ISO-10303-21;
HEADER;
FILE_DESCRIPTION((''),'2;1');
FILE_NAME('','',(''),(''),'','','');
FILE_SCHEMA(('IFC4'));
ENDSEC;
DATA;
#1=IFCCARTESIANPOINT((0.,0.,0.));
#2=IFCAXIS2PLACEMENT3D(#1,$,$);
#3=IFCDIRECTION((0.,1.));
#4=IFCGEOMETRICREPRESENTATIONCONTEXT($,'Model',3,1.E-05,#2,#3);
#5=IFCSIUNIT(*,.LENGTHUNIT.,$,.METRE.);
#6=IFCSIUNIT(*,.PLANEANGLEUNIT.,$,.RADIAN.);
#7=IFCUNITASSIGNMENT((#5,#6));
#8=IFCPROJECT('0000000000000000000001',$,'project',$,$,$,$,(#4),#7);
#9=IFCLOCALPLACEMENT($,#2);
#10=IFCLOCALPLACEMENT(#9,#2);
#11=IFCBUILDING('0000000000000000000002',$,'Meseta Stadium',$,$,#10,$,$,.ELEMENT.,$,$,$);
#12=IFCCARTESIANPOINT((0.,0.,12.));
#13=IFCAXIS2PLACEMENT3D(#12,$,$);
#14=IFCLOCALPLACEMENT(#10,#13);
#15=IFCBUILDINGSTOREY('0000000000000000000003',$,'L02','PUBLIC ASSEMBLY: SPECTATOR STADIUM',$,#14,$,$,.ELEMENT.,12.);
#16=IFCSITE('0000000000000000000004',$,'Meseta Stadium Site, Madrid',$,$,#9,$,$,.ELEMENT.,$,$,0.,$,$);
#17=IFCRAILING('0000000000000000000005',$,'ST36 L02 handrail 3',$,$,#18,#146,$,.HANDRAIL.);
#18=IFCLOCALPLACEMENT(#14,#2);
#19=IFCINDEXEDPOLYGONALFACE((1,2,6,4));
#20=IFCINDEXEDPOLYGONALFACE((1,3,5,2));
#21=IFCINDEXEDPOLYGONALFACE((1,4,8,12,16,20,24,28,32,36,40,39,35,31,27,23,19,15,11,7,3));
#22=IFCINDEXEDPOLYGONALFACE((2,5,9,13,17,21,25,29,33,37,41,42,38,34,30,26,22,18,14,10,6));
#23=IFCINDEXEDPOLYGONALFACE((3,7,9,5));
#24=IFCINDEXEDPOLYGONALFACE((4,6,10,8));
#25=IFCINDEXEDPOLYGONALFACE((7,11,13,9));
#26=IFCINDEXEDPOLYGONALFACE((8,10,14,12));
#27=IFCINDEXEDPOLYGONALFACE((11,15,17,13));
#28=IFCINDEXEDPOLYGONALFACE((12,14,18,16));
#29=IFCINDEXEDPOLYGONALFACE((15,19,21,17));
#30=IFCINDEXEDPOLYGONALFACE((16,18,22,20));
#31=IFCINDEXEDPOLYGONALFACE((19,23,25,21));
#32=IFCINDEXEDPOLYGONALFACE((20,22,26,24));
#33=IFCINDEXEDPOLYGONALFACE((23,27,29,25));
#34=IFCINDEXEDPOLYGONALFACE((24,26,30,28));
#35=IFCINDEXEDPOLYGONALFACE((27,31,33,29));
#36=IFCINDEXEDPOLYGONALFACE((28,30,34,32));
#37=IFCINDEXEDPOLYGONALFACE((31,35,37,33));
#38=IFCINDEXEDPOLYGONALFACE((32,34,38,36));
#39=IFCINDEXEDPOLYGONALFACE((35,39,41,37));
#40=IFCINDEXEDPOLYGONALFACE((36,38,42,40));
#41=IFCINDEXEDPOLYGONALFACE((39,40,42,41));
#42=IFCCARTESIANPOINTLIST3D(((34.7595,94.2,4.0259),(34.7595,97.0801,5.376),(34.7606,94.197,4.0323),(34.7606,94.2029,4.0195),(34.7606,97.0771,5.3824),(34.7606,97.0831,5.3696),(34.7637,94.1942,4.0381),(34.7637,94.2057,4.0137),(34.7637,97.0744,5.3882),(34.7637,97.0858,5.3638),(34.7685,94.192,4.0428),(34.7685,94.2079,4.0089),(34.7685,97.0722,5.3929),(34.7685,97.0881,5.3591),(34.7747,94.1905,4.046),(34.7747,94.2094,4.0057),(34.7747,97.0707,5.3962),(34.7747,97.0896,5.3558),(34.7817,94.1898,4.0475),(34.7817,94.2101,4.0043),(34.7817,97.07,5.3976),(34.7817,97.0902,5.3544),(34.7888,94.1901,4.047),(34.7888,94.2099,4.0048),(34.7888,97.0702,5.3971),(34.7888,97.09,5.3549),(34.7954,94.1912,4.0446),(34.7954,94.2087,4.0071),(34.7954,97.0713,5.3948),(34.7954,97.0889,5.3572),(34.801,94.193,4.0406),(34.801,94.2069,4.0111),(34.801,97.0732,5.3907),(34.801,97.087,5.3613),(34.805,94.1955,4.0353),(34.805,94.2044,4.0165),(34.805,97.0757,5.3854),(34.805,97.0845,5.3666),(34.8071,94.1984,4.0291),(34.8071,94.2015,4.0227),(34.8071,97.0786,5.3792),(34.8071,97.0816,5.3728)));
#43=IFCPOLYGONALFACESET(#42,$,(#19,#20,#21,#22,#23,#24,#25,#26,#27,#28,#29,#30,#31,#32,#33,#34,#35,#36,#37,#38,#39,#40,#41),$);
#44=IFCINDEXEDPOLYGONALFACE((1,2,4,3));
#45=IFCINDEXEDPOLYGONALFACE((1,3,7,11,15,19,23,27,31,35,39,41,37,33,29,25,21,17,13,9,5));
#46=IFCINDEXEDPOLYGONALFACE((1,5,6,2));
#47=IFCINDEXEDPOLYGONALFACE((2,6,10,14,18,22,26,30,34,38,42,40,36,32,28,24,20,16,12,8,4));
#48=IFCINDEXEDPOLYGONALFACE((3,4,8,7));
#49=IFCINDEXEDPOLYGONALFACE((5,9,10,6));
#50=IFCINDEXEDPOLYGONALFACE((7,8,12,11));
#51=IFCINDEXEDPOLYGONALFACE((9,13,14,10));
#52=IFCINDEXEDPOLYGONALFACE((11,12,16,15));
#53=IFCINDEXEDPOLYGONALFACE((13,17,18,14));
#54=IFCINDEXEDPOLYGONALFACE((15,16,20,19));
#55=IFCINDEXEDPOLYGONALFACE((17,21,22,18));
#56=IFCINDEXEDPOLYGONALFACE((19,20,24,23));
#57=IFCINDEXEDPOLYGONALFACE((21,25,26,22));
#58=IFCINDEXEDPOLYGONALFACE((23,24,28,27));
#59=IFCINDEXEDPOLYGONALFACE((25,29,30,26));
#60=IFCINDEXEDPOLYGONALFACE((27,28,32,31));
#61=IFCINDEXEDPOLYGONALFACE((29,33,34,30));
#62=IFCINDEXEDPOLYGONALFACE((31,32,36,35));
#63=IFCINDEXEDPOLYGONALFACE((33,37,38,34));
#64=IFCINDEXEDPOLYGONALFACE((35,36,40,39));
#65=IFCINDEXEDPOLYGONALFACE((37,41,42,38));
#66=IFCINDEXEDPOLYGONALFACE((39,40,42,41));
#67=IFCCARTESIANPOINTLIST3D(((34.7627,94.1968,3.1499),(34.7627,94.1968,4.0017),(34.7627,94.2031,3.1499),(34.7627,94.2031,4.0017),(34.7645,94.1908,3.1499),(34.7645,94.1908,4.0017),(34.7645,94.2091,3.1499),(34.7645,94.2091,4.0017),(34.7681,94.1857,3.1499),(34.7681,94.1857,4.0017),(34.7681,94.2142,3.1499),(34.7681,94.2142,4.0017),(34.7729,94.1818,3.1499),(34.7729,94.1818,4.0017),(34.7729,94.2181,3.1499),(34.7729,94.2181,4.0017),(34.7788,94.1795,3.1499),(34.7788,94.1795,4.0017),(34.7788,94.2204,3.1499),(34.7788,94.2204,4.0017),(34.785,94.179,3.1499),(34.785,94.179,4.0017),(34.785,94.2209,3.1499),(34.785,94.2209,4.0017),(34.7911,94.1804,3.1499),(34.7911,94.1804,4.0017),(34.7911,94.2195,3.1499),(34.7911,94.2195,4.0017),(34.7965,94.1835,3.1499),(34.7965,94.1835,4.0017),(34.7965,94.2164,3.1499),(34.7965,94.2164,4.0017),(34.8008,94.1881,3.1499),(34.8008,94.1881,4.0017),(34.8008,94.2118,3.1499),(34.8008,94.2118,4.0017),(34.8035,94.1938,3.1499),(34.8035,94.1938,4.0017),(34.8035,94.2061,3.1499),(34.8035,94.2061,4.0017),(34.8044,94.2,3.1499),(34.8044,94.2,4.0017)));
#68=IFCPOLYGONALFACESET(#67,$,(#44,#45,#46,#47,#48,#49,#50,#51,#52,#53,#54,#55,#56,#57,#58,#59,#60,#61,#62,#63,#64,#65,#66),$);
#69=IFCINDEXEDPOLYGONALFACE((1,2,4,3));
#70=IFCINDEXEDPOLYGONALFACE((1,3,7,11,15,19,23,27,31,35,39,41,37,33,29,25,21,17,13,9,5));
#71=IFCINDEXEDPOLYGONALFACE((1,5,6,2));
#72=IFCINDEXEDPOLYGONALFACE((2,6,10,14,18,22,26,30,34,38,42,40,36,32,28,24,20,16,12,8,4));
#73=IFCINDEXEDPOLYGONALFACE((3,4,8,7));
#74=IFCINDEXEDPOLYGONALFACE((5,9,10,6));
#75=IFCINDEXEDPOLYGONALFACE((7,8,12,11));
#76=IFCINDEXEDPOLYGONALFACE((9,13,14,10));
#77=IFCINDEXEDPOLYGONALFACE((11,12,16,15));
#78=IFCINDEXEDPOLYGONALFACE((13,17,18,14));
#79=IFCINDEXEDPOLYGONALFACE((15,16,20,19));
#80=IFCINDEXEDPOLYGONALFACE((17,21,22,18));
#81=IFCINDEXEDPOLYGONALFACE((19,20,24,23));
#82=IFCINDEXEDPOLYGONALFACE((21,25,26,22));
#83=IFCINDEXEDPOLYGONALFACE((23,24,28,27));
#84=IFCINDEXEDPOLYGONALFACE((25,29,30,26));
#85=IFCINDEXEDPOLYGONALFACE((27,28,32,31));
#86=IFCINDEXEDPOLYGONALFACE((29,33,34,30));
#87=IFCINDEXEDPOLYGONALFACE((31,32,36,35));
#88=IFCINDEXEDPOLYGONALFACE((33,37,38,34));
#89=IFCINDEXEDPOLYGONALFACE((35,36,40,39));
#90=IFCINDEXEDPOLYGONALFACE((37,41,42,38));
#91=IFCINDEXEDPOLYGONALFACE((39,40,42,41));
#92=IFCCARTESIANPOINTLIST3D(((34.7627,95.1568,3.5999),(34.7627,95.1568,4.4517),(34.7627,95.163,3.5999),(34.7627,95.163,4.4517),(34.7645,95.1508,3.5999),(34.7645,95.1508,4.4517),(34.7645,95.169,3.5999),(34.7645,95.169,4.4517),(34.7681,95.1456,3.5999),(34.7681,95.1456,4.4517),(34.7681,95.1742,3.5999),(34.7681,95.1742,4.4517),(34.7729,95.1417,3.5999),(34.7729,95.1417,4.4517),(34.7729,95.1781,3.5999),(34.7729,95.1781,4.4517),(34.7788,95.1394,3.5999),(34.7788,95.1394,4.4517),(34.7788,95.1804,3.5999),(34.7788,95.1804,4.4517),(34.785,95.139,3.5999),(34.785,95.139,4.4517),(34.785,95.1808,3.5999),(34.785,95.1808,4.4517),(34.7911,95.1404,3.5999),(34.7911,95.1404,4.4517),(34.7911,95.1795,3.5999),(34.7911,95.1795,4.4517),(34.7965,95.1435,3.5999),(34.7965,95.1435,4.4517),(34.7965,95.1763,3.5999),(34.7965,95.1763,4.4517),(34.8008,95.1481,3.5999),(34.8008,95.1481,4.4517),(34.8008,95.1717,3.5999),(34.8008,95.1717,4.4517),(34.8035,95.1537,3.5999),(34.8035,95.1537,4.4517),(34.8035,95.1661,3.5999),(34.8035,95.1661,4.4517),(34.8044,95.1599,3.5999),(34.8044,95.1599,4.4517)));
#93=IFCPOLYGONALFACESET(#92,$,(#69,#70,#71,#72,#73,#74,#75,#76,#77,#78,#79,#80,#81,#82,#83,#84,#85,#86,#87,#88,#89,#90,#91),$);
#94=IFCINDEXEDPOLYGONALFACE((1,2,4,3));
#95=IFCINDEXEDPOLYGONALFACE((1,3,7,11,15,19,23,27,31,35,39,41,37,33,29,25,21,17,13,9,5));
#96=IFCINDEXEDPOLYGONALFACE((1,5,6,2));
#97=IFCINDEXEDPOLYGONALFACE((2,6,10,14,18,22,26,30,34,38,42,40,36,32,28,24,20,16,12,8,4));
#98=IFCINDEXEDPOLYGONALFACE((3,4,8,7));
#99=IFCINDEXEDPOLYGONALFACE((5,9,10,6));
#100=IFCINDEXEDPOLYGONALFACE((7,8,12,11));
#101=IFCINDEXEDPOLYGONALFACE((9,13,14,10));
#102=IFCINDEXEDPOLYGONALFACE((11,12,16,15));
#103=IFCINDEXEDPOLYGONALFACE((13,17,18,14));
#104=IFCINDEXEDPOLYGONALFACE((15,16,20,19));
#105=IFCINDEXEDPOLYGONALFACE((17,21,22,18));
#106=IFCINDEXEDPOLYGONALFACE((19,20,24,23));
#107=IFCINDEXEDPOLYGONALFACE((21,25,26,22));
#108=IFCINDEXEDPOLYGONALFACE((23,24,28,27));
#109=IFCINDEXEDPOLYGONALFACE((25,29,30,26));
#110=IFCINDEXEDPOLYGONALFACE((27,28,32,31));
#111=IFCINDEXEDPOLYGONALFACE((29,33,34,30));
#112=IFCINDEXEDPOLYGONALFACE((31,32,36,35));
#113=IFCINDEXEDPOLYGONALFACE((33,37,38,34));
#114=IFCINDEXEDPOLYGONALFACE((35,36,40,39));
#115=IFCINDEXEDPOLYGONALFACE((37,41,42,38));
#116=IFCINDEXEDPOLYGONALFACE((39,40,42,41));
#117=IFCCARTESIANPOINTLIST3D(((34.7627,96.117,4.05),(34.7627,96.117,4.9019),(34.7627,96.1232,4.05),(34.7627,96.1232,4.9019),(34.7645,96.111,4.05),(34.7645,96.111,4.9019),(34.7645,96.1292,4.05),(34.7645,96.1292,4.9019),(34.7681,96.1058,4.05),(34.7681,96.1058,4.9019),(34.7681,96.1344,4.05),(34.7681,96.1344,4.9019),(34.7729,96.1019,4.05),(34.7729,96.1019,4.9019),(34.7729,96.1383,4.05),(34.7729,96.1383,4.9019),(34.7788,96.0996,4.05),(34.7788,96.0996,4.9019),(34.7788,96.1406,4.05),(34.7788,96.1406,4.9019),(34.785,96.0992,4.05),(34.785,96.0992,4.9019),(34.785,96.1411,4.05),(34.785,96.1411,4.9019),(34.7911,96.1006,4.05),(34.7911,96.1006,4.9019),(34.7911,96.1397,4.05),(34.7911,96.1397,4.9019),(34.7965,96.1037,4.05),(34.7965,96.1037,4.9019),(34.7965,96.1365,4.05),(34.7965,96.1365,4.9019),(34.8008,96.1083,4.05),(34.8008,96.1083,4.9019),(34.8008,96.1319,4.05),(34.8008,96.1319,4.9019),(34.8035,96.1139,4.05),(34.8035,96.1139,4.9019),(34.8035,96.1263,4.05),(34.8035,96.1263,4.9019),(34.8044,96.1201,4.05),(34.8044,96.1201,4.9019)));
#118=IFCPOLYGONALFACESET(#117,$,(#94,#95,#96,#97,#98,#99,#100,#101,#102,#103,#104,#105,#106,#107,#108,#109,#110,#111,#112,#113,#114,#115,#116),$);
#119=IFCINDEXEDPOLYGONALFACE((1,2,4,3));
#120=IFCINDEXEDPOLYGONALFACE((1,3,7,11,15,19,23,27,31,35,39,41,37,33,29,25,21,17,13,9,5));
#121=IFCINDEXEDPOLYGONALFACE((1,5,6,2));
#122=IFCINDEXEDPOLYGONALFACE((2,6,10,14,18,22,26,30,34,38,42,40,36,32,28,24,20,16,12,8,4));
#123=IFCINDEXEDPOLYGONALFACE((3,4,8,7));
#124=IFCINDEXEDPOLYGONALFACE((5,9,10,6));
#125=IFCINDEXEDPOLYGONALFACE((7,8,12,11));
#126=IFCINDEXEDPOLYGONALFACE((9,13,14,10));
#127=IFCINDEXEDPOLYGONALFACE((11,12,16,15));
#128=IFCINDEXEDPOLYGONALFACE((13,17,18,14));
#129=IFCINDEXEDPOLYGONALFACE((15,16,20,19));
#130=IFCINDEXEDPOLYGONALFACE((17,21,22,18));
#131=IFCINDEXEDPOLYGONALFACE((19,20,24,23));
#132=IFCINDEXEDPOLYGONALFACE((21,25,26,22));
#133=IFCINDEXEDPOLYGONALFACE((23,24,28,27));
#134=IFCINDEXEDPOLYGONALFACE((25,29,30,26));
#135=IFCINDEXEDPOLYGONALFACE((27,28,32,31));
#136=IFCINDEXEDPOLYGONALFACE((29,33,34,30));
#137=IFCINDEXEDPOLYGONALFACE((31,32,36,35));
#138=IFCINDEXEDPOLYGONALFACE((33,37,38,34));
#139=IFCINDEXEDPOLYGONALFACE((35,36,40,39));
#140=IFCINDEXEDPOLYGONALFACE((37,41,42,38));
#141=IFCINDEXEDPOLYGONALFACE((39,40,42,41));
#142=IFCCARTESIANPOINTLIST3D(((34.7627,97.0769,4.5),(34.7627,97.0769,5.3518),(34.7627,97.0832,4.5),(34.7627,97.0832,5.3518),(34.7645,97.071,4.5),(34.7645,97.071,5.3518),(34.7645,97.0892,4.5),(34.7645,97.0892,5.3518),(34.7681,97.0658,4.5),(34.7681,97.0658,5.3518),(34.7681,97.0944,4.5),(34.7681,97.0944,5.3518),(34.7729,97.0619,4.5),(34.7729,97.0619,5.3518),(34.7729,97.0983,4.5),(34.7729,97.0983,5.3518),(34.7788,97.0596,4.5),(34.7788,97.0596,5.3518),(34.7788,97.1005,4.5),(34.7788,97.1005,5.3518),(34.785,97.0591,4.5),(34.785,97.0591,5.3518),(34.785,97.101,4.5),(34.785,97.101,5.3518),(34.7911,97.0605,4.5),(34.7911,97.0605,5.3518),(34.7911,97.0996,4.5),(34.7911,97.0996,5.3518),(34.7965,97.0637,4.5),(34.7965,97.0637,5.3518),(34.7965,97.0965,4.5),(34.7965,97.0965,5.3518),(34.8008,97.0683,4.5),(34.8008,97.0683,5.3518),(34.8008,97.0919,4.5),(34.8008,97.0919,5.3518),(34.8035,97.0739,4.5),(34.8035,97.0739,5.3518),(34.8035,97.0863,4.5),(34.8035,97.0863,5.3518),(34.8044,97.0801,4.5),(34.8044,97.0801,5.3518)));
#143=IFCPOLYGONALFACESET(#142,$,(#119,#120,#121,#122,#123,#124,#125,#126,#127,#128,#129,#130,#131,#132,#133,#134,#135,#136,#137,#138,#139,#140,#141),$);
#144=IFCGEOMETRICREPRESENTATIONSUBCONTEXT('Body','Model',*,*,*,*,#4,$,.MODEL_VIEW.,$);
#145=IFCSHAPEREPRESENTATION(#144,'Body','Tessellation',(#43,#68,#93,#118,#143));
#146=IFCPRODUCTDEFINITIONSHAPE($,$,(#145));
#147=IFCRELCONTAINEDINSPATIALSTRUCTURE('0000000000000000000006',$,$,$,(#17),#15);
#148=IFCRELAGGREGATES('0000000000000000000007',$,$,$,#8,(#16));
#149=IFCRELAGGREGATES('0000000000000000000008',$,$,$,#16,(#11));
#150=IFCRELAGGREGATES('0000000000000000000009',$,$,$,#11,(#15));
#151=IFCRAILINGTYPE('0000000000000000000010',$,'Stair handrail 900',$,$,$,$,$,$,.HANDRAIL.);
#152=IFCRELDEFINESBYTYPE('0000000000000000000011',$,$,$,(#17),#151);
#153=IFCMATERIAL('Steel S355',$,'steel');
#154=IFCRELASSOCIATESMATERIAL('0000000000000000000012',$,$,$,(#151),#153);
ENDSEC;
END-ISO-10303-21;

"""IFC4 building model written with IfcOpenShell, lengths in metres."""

from ifc_helpers import new_model, si_unit, direction, frame, origin, origin_2d, place, context, subcontext, project, spatial, circle, extrude, material, type_object, element, save


model = new_model("IFC4")

# Units and contexts
model_context = context("Model", 3, precision=1e-05, world=origin(), true_north=direction((0.0, 1.0)))
body_context = subcontext(model_context, "Body", "Model", "MODEL_VIEW")
ifc_project = project(units=[si_unit("LENGTHUNIT", "METRE"), si_unit("PLANEANGLEUNIT", "RADIAN")], contexts=[model_context])

# Site, building, storey
site_placement = place(None, origin())
site = spatial("IfcSite", under=ifc_project, at=site_placement, Name="Meseta Stadium Site, Madrid", CompositionType="ELEMENT", RefElevation=0.0)
building_placement = place(site_placement, origin())
building = spatial("IfcBuilding", under=site, at=building_placement, Name="Meseta Stadium", CompositionType="ELEMENT")
storey_placement = place(building_placement, frame((0.0, 0.0, 12.0)))
storey = spatial("IfcBuildingStorey", under=building, at=storey_placement, Name="L02", Description="PUBLIC ASSEMBLY: SPECTATOR STADIUM", CompositionType="ELEMENT", Elevation=12.0)

# Railing
ifc_material_1 = material(Name="Steel S355", Category="steel")
railing_type_1 = type_object("IfcRailingType", Name="Stair handrail 900", PredefinedType="HANDRAIL", material=ifc_material_1)
railing_1_placement = place(storey_placement, frame((34.7834, 94.2, 3.1499)))
element("IfcRailing", 1, at=railing_1_placement, inside=storey, type_object=railing_type_1, Name="ST36 L02 handrail 3", PredefinedType="HANDRAIL", context=body_context, shape_type="SweptSolid", body=[
    extrude(circle(Radius=0.0239, at=origin_2d()), frame((0.0, 0.0, 0.876), z_axis=(0.0, 0.905454, 0.424444), x_axis=(-1.0, 0.0, 0.0)), (0.0, 0.0, 1.0), 3.1809),
    extrude(circle(Radius=0.021, at=origin_2d()), origin(), (0.0, 0.0, 1.0), 0.8518),
    extrude(circle(Radius=0.021, at=origin_2d()), frame((0.0, 0.96, 0.45)), (0.0, 0.0, 1.0), 0.8518),
    extrude(circle(Radius=0.021, at=origin_2d()), frame((0.0, 1.9202, 0.9001)), (0.0, 0.0, 1.0), 0.8518),
    extrude(circle(Radius=0.021, at=origin_2d()), frame((0.0, 2.8801, 1.3501)), (0.0, 0.0, 1.0), 0.8518),
])

save(model, "model.ifc")
